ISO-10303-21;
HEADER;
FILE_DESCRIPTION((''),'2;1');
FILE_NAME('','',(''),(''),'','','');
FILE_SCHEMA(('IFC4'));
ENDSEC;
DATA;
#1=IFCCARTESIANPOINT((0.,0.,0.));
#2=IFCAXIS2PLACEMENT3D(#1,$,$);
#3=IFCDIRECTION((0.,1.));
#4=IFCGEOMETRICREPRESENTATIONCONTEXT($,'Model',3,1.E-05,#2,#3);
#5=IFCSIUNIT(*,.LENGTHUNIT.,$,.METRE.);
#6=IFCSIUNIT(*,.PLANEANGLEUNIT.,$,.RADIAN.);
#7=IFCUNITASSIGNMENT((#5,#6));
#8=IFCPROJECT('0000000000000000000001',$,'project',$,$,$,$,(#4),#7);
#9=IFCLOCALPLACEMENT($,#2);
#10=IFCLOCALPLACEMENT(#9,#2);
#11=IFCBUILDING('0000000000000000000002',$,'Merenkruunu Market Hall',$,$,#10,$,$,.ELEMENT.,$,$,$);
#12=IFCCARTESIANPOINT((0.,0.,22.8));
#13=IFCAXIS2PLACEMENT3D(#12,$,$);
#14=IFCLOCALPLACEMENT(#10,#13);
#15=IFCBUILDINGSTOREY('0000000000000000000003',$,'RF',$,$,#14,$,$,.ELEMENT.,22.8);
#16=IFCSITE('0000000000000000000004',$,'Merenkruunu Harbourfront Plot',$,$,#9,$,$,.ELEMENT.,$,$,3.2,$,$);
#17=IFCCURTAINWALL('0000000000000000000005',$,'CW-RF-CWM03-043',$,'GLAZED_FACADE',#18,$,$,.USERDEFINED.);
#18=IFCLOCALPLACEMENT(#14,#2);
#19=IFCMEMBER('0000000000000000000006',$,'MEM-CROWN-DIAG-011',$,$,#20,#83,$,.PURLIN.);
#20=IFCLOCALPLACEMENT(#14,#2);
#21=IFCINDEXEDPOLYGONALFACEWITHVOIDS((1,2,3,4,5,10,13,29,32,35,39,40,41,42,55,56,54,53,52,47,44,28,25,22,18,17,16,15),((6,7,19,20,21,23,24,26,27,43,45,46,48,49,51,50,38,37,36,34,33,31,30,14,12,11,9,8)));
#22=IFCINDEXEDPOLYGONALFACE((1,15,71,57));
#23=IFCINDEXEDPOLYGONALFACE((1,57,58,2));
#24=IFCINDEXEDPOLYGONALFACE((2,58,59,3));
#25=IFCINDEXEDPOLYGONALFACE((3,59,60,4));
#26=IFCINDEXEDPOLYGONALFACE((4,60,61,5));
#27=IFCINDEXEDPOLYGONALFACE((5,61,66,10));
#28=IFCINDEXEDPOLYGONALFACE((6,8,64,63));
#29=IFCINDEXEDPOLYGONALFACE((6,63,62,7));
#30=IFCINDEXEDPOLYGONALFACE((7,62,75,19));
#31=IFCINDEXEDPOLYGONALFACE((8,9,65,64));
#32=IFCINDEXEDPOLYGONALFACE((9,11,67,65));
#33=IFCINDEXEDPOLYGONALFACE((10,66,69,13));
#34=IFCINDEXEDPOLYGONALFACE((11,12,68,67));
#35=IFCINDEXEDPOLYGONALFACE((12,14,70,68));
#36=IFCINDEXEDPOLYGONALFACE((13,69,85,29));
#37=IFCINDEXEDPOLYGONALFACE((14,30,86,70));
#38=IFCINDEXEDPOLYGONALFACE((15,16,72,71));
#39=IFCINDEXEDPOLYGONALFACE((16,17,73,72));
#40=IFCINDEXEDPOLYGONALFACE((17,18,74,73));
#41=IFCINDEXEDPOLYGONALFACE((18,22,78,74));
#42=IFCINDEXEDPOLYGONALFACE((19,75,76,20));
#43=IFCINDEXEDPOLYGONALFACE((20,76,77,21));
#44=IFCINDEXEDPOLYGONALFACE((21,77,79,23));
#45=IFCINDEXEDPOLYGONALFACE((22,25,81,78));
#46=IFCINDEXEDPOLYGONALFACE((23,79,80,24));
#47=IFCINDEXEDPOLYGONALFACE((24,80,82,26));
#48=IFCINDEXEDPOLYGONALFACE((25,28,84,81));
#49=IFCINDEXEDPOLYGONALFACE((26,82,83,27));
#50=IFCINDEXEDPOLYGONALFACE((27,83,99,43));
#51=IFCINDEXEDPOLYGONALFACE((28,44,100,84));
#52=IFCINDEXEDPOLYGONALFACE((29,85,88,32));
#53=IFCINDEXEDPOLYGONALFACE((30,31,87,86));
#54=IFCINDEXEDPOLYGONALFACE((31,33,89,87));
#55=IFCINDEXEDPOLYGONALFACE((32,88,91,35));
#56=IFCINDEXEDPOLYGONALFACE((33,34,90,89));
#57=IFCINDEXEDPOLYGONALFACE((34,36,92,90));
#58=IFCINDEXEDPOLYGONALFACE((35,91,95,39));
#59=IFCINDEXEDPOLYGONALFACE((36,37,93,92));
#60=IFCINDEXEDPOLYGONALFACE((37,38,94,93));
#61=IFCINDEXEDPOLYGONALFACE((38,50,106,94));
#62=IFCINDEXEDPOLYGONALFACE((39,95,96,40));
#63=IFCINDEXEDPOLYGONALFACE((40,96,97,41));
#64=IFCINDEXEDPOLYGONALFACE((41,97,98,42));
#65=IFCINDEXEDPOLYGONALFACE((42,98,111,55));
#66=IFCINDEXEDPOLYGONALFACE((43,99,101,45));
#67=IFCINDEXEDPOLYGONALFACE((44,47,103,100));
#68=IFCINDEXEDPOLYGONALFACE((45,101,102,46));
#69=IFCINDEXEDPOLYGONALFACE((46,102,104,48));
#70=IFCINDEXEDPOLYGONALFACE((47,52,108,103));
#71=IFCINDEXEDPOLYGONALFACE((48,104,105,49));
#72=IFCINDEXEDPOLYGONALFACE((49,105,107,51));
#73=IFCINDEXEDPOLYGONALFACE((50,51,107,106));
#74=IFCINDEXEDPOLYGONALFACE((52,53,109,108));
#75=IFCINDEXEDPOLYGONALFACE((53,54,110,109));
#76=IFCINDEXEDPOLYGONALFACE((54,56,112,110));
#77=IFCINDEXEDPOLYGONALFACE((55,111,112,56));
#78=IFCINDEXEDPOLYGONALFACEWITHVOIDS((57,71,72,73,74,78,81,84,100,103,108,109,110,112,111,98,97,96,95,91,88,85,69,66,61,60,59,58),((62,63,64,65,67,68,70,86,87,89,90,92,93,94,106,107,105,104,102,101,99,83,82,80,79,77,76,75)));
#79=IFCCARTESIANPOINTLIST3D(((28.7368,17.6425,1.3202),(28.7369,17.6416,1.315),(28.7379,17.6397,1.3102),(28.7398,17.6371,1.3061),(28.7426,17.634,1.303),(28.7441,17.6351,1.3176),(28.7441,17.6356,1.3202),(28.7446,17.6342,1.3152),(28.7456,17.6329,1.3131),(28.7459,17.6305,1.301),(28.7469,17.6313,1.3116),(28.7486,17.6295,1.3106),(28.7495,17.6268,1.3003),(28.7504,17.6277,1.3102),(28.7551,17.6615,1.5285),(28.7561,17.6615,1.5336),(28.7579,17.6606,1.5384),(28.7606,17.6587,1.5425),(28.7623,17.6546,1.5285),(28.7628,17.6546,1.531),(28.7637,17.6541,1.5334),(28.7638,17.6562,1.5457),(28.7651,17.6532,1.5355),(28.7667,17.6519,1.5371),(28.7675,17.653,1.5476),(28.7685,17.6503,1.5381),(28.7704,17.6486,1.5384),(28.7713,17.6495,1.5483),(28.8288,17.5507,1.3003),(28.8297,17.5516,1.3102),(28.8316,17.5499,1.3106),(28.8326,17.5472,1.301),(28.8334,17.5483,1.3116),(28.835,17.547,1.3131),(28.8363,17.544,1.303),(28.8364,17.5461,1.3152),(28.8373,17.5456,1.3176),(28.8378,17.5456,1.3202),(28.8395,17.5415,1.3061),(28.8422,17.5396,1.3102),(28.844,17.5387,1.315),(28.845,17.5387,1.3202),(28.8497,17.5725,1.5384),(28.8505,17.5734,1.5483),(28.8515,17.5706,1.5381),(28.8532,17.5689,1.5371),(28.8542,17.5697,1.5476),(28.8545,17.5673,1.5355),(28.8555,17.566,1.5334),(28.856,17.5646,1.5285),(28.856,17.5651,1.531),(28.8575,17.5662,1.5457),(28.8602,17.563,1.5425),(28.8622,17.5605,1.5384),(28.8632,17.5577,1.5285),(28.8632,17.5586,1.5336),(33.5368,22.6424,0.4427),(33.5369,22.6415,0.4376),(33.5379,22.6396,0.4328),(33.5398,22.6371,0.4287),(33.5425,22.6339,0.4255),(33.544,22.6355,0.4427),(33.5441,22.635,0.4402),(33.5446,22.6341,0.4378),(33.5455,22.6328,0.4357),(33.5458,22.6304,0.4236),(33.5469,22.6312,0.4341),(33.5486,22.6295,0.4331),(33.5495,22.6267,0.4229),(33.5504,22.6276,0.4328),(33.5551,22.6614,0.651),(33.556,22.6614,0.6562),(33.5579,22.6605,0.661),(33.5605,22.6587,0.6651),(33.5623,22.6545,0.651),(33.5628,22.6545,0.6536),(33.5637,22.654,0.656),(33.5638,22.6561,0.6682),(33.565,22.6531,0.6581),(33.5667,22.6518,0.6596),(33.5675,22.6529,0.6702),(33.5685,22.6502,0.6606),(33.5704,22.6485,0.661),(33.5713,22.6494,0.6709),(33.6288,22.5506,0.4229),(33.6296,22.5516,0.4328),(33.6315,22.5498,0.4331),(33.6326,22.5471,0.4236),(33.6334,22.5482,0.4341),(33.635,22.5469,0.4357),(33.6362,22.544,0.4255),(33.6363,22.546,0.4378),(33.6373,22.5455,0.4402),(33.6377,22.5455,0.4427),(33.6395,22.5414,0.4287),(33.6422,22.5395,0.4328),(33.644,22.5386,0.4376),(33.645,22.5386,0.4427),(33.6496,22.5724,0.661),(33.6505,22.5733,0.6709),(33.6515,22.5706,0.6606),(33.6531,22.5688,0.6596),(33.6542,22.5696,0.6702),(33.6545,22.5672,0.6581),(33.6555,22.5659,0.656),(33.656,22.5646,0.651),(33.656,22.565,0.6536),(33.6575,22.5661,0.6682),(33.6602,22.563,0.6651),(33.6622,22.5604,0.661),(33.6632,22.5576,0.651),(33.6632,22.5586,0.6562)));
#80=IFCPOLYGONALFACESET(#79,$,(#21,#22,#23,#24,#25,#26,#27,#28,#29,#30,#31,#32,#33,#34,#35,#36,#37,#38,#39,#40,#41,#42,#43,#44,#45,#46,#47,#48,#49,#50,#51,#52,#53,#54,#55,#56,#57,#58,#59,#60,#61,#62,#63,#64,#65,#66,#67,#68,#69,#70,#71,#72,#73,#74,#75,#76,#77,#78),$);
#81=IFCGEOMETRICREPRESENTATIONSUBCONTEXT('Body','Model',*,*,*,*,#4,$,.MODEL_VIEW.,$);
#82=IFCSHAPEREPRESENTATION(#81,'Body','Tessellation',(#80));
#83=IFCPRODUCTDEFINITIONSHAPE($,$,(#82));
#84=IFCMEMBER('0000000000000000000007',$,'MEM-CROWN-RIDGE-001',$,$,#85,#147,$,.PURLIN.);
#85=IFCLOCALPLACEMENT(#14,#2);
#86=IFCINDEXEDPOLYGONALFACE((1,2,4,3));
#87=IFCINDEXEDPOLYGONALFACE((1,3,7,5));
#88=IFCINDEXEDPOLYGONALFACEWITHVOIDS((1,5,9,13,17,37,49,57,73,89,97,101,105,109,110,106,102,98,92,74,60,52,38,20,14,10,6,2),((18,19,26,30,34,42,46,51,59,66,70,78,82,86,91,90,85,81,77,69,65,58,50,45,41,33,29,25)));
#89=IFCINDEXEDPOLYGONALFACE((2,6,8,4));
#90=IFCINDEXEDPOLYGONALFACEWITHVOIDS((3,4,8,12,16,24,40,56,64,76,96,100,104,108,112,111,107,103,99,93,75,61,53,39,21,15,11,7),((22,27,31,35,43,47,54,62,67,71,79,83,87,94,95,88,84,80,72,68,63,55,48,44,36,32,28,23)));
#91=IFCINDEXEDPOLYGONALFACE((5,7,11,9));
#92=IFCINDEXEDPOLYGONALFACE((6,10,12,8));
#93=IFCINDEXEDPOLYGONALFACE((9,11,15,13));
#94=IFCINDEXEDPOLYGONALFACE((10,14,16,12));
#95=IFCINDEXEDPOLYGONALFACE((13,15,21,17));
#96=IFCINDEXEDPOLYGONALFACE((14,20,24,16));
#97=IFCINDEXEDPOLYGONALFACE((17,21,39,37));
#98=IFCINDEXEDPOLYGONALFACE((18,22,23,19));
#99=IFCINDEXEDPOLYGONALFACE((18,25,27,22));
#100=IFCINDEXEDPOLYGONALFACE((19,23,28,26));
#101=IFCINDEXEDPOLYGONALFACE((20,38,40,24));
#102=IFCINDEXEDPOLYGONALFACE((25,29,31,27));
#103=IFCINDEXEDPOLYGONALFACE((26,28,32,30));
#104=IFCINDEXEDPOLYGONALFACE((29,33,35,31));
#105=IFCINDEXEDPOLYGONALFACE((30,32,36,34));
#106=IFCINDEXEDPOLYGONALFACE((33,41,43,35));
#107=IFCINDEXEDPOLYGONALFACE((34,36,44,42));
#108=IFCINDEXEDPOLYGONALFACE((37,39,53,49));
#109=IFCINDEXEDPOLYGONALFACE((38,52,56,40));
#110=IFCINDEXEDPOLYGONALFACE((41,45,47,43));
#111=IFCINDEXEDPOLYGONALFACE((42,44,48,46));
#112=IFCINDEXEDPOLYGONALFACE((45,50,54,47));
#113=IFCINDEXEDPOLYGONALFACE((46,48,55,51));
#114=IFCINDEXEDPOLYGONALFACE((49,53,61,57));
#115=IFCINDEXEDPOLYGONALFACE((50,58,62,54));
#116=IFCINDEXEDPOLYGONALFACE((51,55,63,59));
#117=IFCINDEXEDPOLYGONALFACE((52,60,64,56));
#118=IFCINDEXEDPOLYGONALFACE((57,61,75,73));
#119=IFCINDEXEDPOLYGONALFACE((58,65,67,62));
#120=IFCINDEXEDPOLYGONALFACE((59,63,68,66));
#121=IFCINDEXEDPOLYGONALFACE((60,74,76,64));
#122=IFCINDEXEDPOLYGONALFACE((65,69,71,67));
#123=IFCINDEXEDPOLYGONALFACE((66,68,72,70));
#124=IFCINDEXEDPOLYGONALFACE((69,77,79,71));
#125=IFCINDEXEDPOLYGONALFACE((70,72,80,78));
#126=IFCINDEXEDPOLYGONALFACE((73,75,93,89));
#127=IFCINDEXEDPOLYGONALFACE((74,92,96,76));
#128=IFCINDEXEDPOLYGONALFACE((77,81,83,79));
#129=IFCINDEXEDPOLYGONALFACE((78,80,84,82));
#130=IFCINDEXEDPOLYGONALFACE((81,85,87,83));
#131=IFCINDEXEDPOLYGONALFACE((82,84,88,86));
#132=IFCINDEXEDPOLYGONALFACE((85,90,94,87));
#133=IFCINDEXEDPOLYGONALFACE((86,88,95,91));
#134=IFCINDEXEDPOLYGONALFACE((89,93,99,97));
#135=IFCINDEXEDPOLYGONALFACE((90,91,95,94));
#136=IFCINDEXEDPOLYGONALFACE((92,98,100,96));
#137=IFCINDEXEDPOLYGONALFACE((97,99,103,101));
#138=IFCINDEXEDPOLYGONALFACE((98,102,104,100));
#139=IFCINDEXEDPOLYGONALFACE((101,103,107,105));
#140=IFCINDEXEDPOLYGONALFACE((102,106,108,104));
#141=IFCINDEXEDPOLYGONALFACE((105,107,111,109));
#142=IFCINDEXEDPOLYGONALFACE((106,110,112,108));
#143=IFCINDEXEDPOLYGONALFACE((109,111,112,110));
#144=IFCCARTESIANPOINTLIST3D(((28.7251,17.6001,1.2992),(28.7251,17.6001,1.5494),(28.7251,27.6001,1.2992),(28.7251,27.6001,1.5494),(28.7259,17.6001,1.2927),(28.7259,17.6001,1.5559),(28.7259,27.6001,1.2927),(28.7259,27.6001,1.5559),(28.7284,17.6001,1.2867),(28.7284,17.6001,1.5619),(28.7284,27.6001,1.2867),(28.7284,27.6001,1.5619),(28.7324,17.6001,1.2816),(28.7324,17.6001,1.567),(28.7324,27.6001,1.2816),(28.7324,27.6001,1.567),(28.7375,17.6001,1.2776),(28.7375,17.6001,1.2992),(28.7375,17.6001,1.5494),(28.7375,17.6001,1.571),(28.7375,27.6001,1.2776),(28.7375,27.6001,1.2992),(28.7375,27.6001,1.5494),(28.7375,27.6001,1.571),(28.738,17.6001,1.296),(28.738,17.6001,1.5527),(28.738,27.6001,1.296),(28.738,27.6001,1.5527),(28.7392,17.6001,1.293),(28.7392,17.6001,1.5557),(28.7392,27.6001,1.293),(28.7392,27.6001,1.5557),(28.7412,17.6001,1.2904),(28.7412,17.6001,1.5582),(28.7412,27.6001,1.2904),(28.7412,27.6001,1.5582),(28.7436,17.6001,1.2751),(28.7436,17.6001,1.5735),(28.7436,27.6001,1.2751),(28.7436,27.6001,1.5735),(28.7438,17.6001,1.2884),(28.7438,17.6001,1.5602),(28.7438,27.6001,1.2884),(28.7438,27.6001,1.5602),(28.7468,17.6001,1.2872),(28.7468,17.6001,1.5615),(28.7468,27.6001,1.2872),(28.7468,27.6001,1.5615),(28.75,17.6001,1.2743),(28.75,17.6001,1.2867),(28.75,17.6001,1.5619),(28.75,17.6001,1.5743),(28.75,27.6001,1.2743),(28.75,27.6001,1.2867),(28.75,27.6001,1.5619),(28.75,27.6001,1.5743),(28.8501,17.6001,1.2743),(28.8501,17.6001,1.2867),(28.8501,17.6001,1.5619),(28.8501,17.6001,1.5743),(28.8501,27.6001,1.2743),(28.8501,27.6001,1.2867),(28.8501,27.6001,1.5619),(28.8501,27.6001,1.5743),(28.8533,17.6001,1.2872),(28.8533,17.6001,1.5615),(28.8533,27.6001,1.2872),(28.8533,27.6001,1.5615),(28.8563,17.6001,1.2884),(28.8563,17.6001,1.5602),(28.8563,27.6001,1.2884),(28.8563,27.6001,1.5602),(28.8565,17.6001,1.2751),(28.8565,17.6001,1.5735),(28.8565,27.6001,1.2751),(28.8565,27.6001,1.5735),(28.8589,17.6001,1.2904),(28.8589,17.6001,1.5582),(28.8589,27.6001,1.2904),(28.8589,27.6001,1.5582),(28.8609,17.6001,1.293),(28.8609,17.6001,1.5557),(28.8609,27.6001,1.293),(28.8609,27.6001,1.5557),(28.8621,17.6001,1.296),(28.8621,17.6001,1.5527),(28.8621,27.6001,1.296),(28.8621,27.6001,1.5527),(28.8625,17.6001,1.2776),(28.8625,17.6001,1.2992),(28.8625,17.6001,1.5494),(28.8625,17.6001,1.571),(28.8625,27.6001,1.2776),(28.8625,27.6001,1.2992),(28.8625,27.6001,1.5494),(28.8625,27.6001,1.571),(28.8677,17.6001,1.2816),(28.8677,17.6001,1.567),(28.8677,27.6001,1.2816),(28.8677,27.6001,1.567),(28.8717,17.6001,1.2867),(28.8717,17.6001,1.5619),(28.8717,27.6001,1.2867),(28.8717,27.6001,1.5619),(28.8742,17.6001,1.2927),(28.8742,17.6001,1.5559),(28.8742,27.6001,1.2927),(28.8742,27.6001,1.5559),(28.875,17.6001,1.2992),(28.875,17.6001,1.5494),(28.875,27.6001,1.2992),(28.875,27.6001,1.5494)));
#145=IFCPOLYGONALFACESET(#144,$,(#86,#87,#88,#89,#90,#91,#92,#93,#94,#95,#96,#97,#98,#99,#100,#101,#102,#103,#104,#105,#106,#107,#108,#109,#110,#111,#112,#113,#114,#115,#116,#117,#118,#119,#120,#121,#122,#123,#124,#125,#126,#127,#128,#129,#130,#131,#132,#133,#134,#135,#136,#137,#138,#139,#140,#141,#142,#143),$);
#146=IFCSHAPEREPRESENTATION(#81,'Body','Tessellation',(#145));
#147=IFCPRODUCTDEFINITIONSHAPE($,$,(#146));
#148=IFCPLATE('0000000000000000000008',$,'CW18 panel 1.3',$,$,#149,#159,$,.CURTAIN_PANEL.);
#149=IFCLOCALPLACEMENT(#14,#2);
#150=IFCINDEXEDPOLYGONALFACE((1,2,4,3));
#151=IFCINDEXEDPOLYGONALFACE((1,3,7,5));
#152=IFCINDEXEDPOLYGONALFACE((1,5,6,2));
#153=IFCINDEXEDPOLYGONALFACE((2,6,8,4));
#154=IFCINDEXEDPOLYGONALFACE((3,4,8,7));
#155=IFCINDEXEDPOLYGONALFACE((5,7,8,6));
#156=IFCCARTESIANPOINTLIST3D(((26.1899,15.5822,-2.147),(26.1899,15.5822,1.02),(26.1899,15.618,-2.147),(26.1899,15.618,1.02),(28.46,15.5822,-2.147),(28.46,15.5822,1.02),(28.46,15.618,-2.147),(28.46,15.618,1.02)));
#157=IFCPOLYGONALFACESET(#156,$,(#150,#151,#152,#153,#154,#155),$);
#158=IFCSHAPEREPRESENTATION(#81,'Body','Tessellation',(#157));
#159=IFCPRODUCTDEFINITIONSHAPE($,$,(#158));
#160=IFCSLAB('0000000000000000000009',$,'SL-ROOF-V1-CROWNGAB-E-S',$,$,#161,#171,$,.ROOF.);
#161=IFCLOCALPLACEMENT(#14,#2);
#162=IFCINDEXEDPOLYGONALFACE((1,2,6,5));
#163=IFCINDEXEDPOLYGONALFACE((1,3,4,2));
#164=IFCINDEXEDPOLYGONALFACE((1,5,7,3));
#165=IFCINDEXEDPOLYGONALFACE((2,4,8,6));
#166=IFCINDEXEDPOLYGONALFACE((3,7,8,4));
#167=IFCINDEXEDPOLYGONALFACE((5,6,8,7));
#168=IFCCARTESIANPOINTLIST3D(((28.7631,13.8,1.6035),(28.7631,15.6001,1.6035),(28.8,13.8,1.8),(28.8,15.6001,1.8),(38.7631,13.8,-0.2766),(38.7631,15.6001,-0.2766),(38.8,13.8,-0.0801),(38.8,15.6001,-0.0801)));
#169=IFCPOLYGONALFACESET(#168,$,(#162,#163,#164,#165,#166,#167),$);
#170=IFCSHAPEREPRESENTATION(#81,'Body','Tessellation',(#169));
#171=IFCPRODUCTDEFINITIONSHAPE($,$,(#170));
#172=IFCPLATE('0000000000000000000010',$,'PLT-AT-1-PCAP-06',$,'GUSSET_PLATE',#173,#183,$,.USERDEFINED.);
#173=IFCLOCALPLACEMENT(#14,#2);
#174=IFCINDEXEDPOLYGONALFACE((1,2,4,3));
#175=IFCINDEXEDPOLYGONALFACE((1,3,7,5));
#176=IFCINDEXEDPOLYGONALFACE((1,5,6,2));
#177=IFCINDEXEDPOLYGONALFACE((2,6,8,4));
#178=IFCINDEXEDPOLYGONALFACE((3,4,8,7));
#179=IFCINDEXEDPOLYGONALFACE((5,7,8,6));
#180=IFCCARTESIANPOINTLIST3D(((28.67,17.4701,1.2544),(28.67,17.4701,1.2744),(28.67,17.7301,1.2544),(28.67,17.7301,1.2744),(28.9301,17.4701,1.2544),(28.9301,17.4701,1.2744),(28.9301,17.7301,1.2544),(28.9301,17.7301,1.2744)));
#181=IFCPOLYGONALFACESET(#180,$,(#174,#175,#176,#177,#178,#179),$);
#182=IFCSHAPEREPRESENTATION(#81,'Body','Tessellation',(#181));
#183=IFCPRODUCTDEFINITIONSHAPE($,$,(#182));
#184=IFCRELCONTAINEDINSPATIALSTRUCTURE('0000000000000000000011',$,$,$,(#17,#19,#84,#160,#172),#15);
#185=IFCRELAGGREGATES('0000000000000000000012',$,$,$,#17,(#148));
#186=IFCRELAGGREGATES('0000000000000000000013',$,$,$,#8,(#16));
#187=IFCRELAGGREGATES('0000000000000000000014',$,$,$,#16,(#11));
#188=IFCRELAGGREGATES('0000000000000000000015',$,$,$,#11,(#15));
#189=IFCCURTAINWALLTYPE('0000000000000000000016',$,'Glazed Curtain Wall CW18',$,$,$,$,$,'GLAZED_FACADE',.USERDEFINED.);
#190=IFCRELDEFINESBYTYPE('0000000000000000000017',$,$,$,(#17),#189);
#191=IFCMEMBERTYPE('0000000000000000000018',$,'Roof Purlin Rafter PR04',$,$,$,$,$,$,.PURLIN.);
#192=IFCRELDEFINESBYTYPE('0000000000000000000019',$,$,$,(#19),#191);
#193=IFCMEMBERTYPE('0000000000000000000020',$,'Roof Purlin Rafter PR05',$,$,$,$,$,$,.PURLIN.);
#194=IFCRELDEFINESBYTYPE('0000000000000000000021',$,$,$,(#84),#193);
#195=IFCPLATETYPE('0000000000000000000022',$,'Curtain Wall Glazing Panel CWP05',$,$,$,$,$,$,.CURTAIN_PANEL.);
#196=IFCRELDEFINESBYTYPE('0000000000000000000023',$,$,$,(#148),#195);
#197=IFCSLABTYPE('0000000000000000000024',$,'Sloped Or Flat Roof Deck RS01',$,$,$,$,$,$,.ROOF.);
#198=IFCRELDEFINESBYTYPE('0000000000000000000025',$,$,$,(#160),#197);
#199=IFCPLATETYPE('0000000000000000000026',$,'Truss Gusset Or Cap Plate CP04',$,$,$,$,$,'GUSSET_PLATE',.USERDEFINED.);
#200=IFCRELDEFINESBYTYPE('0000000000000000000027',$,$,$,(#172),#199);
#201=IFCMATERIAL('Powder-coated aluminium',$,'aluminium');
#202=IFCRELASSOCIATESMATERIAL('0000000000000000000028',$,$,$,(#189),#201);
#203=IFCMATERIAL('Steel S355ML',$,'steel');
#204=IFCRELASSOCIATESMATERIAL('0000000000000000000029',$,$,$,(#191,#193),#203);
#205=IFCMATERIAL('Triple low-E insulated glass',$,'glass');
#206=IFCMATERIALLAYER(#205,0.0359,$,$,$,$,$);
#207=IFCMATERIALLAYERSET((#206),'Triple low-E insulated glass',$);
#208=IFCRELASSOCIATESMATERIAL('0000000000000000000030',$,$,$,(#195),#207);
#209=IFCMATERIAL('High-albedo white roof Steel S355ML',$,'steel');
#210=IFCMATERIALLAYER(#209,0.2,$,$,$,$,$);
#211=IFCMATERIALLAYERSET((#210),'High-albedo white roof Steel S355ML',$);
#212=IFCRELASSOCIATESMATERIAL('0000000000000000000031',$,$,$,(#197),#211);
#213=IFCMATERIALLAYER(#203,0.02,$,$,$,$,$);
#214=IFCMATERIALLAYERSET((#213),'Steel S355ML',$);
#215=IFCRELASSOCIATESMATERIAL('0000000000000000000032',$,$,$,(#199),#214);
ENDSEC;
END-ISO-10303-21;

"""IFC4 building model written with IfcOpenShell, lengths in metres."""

from ifc_helpers import new_model, si_unit, direction, frame, origin, origin_2d, place, context, subcontext, project, spatial, polyline, rectangle, hollow_rectangle, outline, extrude, material, layer, layer_set, material_profile, profile_set, type_object, element, aggregate, save


model = new_model("IFC4")

# Units and contexts
model_context = context("Model", 3, precision=1e-05, world=origin(), true_north=direction((0.0, 1.0)))
body_context = subcontext(model_context, "Body", "Model", "MODEL_VIEW")
ifc_project = project(units=[si_unit("LENGTHUNIT", "METRE"), si_unit("PLANEANGLEUNIT", "RADIAN")], contexts=[model_context])

# Site, building, storey
site_placement = place(None, origin())
site = spatial("IfcSite", under=ifc_project, at=site_placement, Name="Merenkruunu Harbourfront Plot", CompositionType="ELEMENT", RefElevation=3.2)
building_placement = place(site_placement, origin())
building = spatial("IfcBuilding", under=site, at=building_placement, Name="Merenkruunu Market Hall", CompositionType="ELEMENT")
storey_placement = place(building_placement, frame((0.0, 0.0, 22.8)))
storey = spatial("IfcBuildingStorey", under=building, at=storey_placement, Name="RF", CompositionType="ELEMENT", Elevation=22.8)

# Shared definitions
ifc_material_1 = material(Name="Steel S355ML", Category="steel")

# Curtain wall
ifc_material_2 = material(Name="Powder-coated aluminium", Category="aluminium")
curtain_wall_type = type_object("IfcCurtainWallType", Name="Glazed Curtain Wall CW18", ElementType="GLAZED_FACADE", PredefinedType="USERDEFINED", material=ifc_material_2)
curtain_wall_placement = place(storey_placement, origin())
curtain_wall = element("IfcCurtainWall", 1, at=curtain_wall_placement, inside=storey, type_object=curtain_wall_type, Name="CW-RF-CWM03-043", ObjectType="GLAZED_FACADE", PredefinedType="USERDEFINED")

# Members
ifc_material_profile_1 = material_profile(ifc_material_1, hollow_rectangle(XDim=0.1499, YDim=0.25, WallThickness=0.01, InnerFilletRadius=0.01, OuterFilletRadius=0.02, at=origin_2d()), Name="RHS 250x150x10")
ifc_profile_set_1 = profile_set([ifc_material_profile_1], Name="Steel S355ML")
member_type_1 = type_object("IfcMemberType", Name="Roof Purlin Rafter PR04", PredefinedType="PURLIN", material=ifc_profile_set_1)
for number, where, z_axis, x_axis, name in (
    (2, (28.8, 17.6001, 1.4243), (0.687052, 0.715672, -0.125592), (-0.721384, 0.692535, 0.0), "MEM-CROWN-DIAG-011"),
):
    element("IfcMember", number, at=place(storey_placement, frame(where, z_axis=z_axis, x_axis=x_axis)), inside=storey, type_object=member_type_1, Name=name, PredefinedType="PURLIN", context=body_context, shape_type="SweptSolid", body=[
        extrude(hollow_rectangle(XDim=0.1499, YDim=0.25, WallThickness=0.01, InnerFilletRadius=0.01, OuterFilletRadius=0.02, at=origin_2d()), origin(), (0.0, 0.0, 1.0), 6.9863),
    ])
ifc_material_profile_2 = material_profile(ifc_material_1, hollow_rectangle(XDim=0.1499, YDim=0.3, WallThickness=0.0125, InnerFilletRadius=0.0125, OuterFilletRadius=0.0249, at=origin_2d()), Name="RHS 300x150x12.5")
ifc_profile_set_2 = profile_set([ifc_material_profile_2], Name="Steel S355ML")
member_type_2 = type_object("IfcMemberType", Name="Roof Purlin Rafter PR05", PredefinedType="PURLIN", material=ifc_profile_set_2)
member_1_placement = place(storey_placement, frame((28.8, 17.6001, 1.4243), z_axis=(0.0, 1.0, 0.0), x_axis=(-1.0, 0.0, 0.0)))
element("IfcMember", 3, at=member_1_placement, inside=storey, type_object=member_type_2, Name="MEM-CROWN-RIDGE-001", PredefinedType="PURLIN", context=body_context, shape_type="SweptSolid", body=[
    extrude(hollow_rectangle(XDim=0.1499, YDim=0.3, WallThickness=0.0125, InnerFilletRadius=0.0125, OuterFilletRadius=0.0249, at=origin_2d()), origin(), (0.0, 0.0, 1.0), 10.0),
])

# Plate
ifc_material_3 = material(Name="Triple low-E insulated glass", Category="glass")
ifc_layer_1 = layer(ifc_material_3, 0.0359)
ifc_layer_set_1 = layer_set([ifc_layer_1], Name="Triple low-E insulated glass")
plate_type_1 = type_object("IfcPlateType", Name="Curtain Wall Glazing Panel CWP05", PredefinedType="CURTAIN_PANEL", material=ifc_layer_set_1)
plate_1_placement = place(storey_placement, frame((27.325, 15.6001, -2.147), z_axis=(0.0, 0.0, 1.0), x_axis=(-1.0, 0.0, 0.0)))
plate_1 = element("IfcPlate", 4, at=plate_1_placement, type_object=plate_type_1, Name="CW18 panel 1.3", PredefinedType="CURTAIN_PANEL", context=body_context, shape_type="SweptSolid", body=[
    extrude(rectangle(XDim=2.27, YDim=0.0359, at=origin_2d()), origin(), (0.0, 0.0, 1.0), 3.167),
])
aggregate(curtain_wall, [plate_1])

# Shared definitions
ifc_material_4 = material(Name="High-albedo white roof Steel S355ML", Category="steel")
ifc_layer_2 = layer(ifc_material_4, 0.2)
ifc_layer_set_2 = layer_set([ifc_layer_2], Name="High-albedo white roof Steel S355ML")
slab_type = type_object("IfcSlabType", Name="Sloped Or Flat Roof Deck RS01", PredefinedType="ROOF", material=ifc_layer_set_2)

# Slab
slab_1_placement = place(storey_placement, frame((28.8, 13.8, 1.8), z_axis=(0.184775, 0.0, 0.982781), x_axis=(0.982781, 0.0, -0.184775)))
element("IfcSlab", 5, at=slab_1_placement, inside=storey, type_object=slab_type, Name="SL-ROOF-V1-CROWNGAB-E-S", PredefinedType="ROOF", context=body_context, shape_type="SweptSolid", body=[
    extrude(outline(polyline([(0.0, 0.0), (10.1752, 0.0), (10.1752, 1.8), (0.0, 1.8), (0.0, 0.0)])), origin(), (0.0, 0.0, -1.0), 0.2),
])

# Plate
ifc_layer_3 = layer(ifc_material_1, 0.02)
ifc_layer_set_3 = layer_set([ifc_layer_3], Name="Steel S355ML")
plate_type_2 = type_object("IfcPlateType", Name="Truss Gusset Or Cap Plate CP04", ElementType="GUSSET_PLATE", PredefinedType="USERDEFINED", material=ifc_layer_set_3)
plate_2_placement = place(storey_placement, frame((28.8, 17.6001, 1.2544), z_axis=(0.0, 0.0, 1.0), x_axis=(1.0, 0.0, 0.0)))
element("IfcPlate", 6, at=plate_2_placement, inside=storey, type_object=plate_type_2, Name="PLT-AT-1-PCAP-06", ObjectType="GUSSET_PLATE", PredefinedType="USERDEFINED", context=body_context, shape_type="SweptSolid", body=[
    extrude(rectangle(XDim=0.26, YDim=0.26, at=origin_2d()), origin(), (0.0, 0.0, 1.0), 0.02),
])

save(model, "model.ifc")
